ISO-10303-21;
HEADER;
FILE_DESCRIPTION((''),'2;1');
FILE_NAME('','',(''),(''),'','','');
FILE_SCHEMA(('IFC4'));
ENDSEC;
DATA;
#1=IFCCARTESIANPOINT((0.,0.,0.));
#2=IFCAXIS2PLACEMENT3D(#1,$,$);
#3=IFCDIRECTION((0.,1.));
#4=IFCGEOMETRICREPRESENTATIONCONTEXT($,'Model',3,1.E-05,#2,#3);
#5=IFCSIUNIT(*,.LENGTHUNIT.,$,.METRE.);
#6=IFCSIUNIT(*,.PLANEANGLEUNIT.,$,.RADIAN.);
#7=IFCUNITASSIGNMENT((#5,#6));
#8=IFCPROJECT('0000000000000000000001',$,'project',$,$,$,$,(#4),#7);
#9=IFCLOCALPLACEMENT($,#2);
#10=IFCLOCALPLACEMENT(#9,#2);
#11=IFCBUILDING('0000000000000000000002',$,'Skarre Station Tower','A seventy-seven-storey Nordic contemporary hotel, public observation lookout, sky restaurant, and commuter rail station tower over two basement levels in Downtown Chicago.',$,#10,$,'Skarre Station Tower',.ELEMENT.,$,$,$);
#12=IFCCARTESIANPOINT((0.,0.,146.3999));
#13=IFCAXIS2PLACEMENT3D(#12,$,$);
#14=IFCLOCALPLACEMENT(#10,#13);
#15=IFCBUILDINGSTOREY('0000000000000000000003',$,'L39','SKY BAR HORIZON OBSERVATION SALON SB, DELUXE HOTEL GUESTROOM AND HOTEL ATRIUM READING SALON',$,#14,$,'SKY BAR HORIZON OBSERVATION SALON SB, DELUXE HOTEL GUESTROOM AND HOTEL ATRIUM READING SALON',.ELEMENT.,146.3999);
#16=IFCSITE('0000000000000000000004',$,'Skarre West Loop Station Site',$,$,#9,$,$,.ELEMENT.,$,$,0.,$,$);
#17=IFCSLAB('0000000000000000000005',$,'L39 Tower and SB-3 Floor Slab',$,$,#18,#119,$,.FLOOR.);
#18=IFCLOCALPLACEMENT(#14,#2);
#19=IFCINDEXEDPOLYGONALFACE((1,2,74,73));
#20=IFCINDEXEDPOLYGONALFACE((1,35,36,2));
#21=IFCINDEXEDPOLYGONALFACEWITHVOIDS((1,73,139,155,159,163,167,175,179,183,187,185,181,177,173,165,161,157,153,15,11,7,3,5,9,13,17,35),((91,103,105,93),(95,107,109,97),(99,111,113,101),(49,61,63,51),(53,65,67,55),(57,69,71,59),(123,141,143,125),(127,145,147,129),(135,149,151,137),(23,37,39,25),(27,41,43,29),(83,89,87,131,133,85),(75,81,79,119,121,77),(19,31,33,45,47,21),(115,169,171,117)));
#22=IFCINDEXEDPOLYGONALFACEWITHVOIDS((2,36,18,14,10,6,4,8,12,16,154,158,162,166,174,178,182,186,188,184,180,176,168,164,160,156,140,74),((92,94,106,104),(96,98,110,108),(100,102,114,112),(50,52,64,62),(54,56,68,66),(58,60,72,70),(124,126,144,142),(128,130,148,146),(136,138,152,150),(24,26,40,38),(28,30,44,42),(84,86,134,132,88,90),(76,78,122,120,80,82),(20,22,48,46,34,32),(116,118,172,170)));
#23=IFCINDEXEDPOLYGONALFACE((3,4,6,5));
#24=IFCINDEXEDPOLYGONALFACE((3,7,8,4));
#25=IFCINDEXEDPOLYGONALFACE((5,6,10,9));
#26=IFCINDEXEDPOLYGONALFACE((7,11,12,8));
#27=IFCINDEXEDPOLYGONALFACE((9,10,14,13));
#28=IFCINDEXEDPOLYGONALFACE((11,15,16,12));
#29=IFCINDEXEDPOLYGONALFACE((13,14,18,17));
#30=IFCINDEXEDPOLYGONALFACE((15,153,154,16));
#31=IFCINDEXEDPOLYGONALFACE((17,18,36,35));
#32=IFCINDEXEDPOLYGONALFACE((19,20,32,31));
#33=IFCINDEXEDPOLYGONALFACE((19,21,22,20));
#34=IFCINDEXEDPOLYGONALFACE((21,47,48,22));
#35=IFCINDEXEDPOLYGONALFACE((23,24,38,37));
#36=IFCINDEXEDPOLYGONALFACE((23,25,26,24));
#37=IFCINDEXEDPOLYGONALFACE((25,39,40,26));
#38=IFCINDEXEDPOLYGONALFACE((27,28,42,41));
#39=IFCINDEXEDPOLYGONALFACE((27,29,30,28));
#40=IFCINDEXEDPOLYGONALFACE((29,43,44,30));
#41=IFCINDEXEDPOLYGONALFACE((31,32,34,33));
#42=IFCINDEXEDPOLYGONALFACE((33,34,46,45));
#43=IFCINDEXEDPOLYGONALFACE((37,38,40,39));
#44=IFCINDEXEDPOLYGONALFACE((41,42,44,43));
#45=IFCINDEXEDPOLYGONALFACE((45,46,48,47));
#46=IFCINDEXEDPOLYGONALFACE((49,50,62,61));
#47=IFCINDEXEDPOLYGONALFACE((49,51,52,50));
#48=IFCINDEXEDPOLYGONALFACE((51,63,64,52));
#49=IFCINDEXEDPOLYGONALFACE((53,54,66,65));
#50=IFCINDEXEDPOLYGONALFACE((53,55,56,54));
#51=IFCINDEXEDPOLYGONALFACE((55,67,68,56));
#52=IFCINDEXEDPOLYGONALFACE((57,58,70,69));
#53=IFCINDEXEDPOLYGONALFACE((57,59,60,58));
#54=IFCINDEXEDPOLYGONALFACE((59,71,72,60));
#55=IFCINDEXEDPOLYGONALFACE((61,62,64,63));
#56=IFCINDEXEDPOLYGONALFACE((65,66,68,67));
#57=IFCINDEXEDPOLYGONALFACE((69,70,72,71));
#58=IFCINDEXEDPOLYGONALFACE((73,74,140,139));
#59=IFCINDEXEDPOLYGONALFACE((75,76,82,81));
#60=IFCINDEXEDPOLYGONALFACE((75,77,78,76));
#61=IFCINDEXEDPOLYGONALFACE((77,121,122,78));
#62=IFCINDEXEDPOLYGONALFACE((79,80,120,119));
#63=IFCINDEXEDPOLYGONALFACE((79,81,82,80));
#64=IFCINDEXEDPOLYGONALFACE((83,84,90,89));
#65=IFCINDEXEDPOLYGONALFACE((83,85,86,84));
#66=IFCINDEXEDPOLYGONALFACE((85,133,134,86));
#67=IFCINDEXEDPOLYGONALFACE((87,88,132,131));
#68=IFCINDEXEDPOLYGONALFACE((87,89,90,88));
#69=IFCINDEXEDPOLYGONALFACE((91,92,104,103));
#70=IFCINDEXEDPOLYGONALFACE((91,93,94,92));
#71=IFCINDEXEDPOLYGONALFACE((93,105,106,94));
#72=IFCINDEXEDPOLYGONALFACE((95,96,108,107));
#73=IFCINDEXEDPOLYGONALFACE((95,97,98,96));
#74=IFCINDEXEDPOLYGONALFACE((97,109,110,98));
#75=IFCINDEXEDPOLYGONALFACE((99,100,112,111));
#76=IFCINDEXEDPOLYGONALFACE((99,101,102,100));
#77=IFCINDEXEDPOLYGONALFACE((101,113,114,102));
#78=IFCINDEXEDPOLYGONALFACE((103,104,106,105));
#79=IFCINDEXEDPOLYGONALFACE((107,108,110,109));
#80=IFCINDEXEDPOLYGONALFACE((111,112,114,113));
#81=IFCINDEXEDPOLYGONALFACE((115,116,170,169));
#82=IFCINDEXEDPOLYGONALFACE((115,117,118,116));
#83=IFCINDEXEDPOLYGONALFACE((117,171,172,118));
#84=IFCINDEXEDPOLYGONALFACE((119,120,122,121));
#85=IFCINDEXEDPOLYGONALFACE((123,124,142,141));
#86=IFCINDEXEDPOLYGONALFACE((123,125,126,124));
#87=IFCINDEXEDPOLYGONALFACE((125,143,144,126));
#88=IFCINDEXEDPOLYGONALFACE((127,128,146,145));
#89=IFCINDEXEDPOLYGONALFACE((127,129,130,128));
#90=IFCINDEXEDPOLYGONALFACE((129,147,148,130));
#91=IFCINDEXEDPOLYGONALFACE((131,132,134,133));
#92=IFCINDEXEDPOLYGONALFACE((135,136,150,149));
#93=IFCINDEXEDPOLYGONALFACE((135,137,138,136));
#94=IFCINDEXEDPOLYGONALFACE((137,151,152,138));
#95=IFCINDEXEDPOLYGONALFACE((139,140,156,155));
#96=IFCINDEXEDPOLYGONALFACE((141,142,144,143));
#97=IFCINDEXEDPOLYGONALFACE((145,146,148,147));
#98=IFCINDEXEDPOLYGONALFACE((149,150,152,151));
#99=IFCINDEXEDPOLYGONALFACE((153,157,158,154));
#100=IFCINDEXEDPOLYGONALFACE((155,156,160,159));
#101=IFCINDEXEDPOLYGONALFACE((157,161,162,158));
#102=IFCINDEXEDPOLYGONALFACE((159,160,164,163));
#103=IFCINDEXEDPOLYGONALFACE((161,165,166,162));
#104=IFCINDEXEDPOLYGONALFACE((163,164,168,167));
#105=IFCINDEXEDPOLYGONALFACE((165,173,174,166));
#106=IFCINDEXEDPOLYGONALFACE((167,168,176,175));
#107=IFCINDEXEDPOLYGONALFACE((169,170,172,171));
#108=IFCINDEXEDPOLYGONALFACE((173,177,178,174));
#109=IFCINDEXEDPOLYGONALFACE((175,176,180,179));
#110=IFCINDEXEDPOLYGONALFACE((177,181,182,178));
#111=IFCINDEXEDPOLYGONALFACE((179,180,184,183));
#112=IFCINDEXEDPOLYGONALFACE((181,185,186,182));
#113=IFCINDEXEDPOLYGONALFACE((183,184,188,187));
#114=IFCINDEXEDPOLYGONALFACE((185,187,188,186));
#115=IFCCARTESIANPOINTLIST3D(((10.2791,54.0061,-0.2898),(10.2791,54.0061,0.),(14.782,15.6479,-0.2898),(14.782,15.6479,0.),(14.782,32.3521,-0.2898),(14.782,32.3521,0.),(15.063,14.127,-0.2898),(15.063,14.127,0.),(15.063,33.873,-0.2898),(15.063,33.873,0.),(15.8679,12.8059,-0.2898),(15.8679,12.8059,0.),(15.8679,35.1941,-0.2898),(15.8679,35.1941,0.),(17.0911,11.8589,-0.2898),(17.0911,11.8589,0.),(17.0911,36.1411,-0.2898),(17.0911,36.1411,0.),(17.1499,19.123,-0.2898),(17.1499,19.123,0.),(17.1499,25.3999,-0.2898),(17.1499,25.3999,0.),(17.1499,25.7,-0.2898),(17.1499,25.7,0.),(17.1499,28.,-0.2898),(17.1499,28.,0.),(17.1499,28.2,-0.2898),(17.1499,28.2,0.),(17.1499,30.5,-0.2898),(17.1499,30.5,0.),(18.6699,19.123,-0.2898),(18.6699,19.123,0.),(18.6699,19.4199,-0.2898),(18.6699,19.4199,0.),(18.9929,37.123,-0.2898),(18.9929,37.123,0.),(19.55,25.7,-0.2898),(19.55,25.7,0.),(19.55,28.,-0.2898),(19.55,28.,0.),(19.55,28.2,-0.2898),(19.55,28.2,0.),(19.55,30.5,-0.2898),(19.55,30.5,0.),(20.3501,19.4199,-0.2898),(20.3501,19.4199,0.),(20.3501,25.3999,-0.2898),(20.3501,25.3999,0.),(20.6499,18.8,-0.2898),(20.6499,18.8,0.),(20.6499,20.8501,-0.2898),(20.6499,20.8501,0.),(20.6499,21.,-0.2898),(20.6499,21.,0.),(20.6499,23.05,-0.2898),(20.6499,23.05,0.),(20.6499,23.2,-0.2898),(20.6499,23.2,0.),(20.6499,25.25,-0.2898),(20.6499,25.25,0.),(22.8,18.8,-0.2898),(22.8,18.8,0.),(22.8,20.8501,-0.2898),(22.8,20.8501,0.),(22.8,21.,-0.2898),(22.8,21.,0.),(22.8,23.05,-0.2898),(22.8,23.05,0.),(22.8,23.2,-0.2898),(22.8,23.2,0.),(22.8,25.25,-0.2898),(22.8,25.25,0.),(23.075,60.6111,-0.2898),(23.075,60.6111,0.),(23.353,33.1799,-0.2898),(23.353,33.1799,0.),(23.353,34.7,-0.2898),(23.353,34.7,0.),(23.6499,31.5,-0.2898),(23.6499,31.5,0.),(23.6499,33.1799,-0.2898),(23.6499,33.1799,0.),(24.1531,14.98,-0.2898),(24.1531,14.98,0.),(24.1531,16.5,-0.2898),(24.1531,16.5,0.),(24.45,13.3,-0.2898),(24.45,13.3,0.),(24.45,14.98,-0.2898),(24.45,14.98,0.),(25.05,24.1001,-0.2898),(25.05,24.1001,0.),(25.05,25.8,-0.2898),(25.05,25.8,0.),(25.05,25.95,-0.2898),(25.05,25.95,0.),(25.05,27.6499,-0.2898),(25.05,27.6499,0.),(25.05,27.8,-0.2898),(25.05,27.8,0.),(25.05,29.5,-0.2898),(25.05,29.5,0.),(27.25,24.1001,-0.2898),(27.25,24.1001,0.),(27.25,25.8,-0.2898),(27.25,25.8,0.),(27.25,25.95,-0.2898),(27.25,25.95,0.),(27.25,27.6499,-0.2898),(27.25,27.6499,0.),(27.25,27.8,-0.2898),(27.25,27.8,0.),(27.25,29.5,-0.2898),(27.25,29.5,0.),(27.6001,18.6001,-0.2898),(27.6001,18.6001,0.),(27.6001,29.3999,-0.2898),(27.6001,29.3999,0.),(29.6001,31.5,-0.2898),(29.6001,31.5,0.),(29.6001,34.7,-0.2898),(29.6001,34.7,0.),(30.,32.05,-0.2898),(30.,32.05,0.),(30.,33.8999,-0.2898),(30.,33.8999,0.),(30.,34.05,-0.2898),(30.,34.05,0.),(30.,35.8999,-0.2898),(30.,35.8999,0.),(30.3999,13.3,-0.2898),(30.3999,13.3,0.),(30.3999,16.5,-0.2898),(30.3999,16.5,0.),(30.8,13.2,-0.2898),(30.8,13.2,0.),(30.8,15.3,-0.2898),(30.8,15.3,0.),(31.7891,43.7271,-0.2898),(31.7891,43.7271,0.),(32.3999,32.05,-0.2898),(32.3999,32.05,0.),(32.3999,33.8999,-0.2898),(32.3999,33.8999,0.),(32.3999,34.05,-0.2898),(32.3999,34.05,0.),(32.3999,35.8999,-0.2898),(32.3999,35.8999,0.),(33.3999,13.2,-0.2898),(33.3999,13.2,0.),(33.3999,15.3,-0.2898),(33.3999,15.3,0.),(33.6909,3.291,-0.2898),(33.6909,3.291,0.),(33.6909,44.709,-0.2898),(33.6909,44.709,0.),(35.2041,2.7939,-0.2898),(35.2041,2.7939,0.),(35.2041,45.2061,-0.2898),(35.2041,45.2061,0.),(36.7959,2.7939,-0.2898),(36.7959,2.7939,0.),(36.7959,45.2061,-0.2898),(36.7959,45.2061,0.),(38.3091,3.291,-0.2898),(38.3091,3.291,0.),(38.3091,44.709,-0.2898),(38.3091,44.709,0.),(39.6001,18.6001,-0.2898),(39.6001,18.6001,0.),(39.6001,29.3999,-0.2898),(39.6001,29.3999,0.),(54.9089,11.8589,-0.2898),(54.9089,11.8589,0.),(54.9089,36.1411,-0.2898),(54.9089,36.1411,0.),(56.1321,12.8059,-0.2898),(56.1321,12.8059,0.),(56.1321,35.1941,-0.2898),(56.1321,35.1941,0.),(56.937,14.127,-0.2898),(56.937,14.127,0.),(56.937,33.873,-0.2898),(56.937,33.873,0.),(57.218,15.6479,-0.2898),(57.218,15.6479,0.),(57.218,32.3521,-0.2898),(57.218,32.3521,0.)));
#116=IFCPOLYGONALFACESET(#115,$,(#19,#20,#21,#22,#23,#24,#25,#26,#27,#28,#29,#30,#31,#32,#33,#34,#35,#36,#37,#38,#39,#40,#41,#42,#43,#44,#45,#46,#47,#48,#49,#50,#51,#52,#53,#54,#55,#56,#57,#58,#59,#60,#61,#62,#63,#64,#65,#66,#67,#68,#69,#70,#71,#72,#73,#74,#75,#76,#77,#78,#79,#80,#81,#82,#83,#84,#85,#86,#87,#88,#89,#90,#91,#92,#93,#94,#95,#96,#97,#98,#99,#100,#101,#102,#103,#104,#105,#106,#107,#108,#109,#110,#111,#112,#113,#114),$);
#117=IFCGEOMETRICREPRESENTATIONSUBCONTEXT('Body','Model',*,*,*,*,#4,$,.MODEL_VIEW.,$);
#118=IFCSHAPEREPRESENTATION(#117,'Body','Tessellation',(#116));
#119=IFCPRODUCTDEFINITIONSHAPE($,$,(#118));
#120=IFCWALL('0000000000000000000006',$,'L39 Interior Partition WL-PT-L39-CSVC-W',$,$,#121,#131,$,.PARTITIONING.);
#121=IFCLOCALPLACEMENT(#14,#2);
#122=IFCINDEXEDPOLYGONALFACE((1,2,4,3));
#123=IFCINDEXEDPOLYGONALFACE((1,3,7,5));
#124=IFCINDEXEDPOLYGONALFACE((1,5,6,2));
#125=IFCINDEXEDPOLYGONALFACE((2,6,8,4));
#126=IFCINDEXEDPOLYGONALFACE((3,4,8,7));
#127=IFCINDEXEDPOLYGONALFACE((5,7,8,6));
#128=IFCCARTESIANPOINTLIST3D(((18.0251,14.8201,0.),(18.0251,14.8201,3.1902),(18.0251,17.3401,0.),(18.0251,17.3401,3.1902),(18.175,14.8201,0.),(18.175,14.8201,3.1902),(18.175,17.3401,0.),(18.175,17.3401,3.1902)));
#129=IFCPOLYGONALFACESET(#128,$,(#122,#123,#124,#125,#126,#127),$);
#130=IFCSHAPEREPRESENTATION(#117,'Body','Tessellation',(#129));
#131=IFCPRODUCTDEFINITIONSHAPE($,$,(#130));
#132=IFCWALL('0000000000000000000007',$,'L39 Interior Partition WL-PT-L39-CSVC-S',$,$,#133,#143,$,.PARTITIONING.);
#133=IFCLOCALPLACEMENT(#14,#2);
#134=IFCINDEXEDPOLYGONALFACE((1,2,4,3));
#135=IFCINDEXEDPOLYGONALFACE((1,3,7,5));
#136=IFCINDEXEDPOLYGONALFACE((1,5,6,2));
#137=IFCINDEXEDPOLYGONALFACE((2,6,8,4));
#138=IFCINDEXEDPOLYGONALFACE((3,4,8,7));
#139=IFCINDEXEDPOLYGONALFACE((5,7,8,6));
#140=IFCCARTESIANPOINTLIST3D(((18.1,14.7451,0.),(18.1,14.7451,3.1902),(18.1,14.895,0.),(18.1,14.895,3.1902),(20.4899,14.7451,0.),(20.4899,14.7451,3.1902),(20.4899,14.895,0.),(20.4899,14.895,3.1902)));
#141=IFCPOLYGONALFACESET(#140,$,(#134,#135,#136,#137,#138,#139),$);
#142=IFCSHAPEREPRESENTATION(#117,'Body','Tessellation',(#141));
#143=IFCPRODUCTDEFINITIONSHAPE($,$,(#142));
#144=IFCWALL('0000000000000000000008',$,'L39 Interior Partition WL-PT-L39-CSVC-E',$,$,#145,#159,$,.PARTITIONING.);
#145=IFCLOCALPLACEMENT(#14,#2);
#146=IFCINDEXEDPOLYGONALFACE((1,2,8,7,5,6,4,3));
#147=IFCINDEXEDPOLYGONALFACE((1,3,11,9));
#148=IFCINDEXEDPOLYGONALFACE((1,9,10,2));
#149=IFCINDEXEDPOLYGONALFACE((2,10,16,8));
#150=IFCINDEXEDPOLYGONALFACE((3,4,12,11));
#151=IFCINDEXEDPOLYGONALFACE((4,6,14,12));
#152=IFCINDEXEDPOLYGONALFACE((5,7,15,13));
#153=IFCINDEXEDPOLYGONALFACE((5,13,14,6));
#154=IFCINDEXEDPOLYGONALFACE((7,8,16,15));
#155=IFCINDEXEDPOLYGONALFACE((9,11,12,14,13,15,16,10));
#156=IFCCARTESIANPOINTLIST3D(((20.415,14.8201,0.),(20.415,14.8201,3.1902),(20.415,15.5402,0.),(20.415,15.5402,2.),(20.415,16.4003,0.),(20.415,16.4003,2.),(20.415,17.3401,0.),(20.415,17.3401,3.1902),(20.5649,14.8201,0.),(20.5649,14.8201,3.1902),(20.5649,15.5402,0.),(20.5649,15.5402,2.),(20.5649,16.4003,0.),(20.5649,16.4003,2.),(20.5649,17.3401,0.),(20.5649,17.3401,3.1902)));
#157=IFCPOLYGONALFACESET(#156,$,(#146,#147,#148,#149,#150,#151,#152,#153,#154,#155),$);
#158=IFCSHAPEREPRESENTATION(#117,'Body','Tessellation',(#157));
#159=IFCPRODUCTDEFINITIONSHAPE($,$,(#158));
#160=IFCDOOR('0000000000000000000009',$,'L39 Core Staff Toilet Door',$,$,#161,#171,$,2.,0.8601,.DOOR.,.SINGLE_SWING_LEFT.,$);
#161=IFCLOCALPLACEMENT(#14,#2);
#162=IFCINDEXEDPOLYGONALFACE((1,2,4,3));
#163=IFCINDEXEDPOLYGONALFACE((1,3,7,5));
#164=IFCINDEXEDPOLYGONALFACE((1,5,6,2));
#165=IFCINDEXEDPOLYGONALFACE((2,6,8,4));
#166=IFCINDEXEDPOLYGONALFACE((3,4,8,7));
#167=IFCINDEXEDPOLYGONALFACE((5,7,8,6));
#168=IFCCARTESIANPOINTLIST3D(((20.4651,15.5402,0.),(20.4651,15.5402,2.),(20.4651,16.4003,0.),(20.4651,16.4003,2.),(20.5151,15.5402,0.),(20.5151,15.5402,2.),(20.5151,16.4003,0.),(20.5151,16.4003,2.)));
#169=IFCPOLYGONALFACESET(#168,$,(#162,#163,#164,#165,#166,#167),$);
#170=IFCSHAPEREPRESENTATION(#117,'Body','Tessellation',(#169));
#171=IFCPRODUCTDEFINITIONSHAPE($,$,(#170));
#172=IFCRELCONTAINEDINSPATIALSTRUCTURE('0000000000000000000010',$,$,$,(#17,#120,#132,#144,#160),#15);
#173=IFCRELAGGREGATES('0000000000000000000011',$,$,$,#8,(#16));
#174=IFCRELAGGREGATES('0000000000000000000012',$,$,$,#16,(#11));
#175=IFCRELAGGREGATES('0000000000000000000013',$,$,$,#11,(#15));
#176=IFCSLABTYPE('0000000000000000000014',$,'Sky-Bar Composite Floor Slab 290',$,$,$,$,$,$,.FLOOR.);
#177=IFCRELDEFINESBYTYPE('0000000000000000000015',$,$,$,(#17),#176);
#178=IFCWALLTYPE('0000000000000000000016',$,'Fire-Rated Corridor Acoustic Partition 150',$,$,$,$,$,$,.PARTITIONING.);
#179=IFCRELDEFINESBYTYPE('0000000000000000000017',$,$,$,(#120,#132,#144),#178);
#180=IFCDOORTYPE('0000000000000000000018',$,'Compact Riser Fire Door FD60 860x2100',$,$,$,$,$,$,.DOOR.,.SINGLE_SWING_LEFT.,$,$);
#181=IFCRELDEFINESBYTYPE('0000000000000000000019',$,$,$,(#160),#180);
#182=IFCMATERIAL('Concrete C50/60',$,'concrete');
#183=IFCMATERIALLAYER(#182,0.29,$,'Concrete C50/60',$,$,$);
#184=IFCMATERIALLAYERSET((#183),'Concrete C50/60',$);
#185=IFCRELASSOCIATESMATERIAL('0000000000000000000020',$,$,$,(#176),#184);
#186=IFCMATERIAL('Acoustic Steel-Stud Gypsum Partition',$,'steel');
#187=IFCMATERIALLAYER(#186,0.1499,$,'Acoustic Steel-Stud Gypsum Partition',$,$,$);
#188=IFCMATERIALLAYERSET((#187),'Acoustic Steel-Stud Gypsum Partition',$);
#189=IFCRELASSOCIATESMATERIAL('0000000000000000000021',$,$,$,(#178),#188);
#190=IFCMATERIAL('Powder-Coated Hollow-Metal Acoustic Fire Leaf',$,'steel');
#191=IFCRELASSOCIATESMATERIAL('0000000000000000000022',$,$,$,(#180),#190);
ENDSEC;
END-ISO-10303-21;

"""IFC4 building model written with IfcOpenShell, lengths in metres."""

from ifc_helpers import new_model, si_unit, direction, frame, frame_2d, origin, place, context, subcontext, project, spatial, polyline, rectangle, outline, extrude, material, layer, layer_set, type_object, element, fill, save


model = new_model("IFC4")

# Units and contexts
model_context = context("Model", 3, precision=1e-05, world=origin(), true_north=direction((0.0, 1.0)))
body_context = subcontext(model_context, "Body", "Model", "MODEL_VIEW")
ifc_project = project(units=[si_unit("LENGTHUNIT", "METRE"), si_unit("PLANEANGLEUNIT", "RADIAN")], contexts=[model_context])

# Site, building, storey
site_placement = place(None, origin())
site = spatial("IfcSite", under=ifc_project, at=site_placement, Name="Skarre West Loop Station Site", CompositionType="ELEMENT", RefElevation=0.0)
building_placement = place(site_placement, origin())
building = spatial("IfcBuilding", under=site, at=building_placement, Name="Skarre Station Tower", Description="A seventy-seven-storey Nordic contemporary hotel, public observation lookout, sky restaurant, and commuter rail station tower over two basement levels in Downtown Chicago.", LongName="Skarre Station Tower", CompositionType="ELEMENT")
storey_placement = place(building_placement, frame((0.0, 0.0, 146.3999)))
storey = spatial("IfcBuildingStorey", under=building, at=storey_placement, Name="L39", Description="SKY BAR HORIZON OBSERVATION SALON SB, DELUXE HOTEL GUESTROOM AND HOTEL ATRIUM READING SALON", LongName="SKY BAR HORIZON OBSERVATION SALON SB, DELUXE HOTEL GUESTROOM AND HOTEL ATRIUM READING SALON", CompositionType="ELEMENT", Elevation=146.3999)

# Slab
ifc_material_1 = material(Name="Concrete C50/60", Category="concrete")
ifc_layer_1 = layer(ifc_material_1, 0.29, Name="Concrete C50/60")
ifc_layer_set_1 = layer_set([ifc_layer_1], Name="Concrete C50/60")
slab_type_1 = type_object("IfcSlabType", Name="Sky-Bar Composite Floor Slab 290", PredefinedType="FLOOR", material=ifc_layer_set_1)
slab_1_placement = place(storey_placement, frame((0.0, 0.0, -0.2898)))
element("IfcSlab", 1, at=slab_1_placement, inside=storey, type_object=slab_type_1, Name="L39 Tower and SB-3 Floor Slab", PredefinedType="FLOOR", context=body_context, shape_type="SweptSolid", body=[
    extrude(outline(polyline([(31.7891, 43.7271), (23.075, 60.6111), (10.2791, 54.0061), (18.9929, 37.123), (17.0911, 36.1411), (15.8679, 35.1941), (15.063, 33.873), (14.782, 32.3521), (14.782, 15.6479), (15.063, 14.127), (15.8679, 12.8059), (17.0911, 11.8589), (33.6909, 3.291), (35.2041, 2.7939), (36.7959, 2.7939), (38.3091, 3.291), (54.9089, 11.8589), (56.1321, 12.8059), (56.937, 14.127), (57.218, 15.6479), (57.218, 32.3521), (56.937, 33.873), (56.1321, 35.1941), (54.9089, 36.1411), (38.3091, 44.709), (36.7959, 45.2061), (35.2041, 45.2061), (33.6909, 44.709), (31.7891, 43.7271)]), holes=[polyline([(18.6699, 19.4199), (18.6699, 19.123), (17.1499, 19.123), (17.1499, 25.3999), (20.3501, 25.3999), (20.3501, 19.4199), (18.6699, 19.4199)]), polyline([(24.45, 14.98), (24.1531, 14.98), (24.1531, 16.5), (30.3999, 16.5), (30.3999, 13.3), (24.45, 13.3), (24.45, 14.98)]), polyline([(23.6499, 33.1799), (23.353, 33.1799), (23.353, 34.7), (29.6001, 34.7), (29.6001, 31.5), (23.6499, 31.5), (23.6499, 33.1799)]), polyline([(17.1499, 28.0), (19.55, 28.0), (19.55, 25.7), (17.1499, 25.7), (17.1499, 28.0)]), polyline([(17.1499, 30.5), (19.55, 30.5), (19.55, 28.2), (17.1499, 28.2), (17.1499, 30.5)]), polyline([(30.8, 15.3), (33.3999, 15.3), (33.3999, 13.2), (30.8, 13.2), (30.8, 15.3)]), polyline([(25.05, 25.8), (27.25, 25.8), (27.25, 24.1001), (25.05, 24.1001), (25.05, 25.8)]), polyline([(25.05, 27.6499), (27.25, 27.6499), (27.25, 25.95), (25.05, 25.95), (25.05, 27.6499)]), polyline([(25.05, 29.5), (27.25, 29.5), (27.25, 27.8), (25.05, 27.8), (25.05, 29.5)]), polyline([(20.6499, 20.8501), (22.8, 20.8501), (22.8, 18.8), (20.6499, 18.8), (20.6499, 20.8501)]), polyline([(20.6499, 23.05), (22.8, 23.05), (22.8, 21.0), (20.6499, 21.0), (20.6499, 23.05)]), polyline([(20.6499, 25.25), (22.8, 25.25), (22.8, 23.2), (20.6499, 23.2), (20.6499, 25.25)]), polyline([(30.0, 33.8999), (32.3999, 33.8999), (32.3999, 32.05), (30.0, 32.05), (30.0, 33.8999)]), polyline([(30.0, 35.8999), (32.3999, 35.8999), (32.3999, 34.05), (30.0, 34.05), (30.0, 35.8999)]), polyline([(27.6001, 29.3999), (39.6001, 29.3999), (39.6001, 18.6001), (27.6001, 18.6001), (27.6001, 29.3999)])]), origin(), (0.0, 0.0, 1.0), 0.2898),
])

# Walls
ifc_material_2 = material(Name="Acoustic Steel-Stud Gypsum Partition", Category="steel")
ifc_layer_2 = layer(ifc_material_2, 0.1499, Name="Acoustic Steel-Stud Gypsum Partition")
ifc_layer_set_2 = layer_set([ifc_layer_2], Name="Acoustic Steel-Stud Gypsum Partition")
wall_type_1 = type_object("IfcWallType", Name="Fire-Rated Corridor Acoustic Partition 150", PredefinedType="PARTITIONING", material=ifc_layer_set_2)
wall_1_placement = place(storey_placement, frame((18.1001, 17.3401, 0.0), z_axis=(0.0, 0.0, 1.0), x_axis=(0.0, -1.0, 0.0)))
element("IfcWall", 2, at=wall_1_placement, inside=storey, type_object=wall_type_1, Name="L39 Interior Partition WL-PT-L39-CSVC-W", PredefinedType="PARTITIONING", context=body_context, shape_type="SweptSolid", body=[
    extrude(rectangle(XDim=2.52, YDim=0.1499, at=frame_2d((1.26, 0.0))), origin(), (0.0, 0.0, 1.0), 3.1902),
])
wall_2_placement = place(storey_placement, frame((18.1001, 14.8201, 0.0), z_axis=(0.0, 0.0, 1.0), x_axis=(1.0, 0.0, 0.0)))
element("IfcWall", 3, at=wall_2_placement, inside=storey, type_object=wall_type_1, Name="L39 Interior Partition WL-PT-L39-CSVC-S", PredefinedType="PARTITIONING", context=body_context, shape_type="SweptSolid", body=[
    extrude(rectangle(XDim=2.3899, YDim=0.1499, at=frame_2d((1.1948, 0.0))), origin(), (0.0, 0.0, 1.0), 3.1902),
])

# Wall, opening, door
wall_3_placement = place(storey_placement, frame((20.49, 14.8201, 0.0), z_axis=(0.0, 0.0, 1.0), x_axis=(0.0, 1.0, 0.0)))
wall_3 = element("IfcWall", 4, at=wall_3_placement, inside=storey, type_object=wall_type_1, Name="L39 Interior Partition WL-PT-L39-CSVC-E", PredefinedType="PARTITIONING", context=body_context, shape_type="SweptSolid", body=[
    extrude(rectangle(XDim=2.52, YDim=0.1499, at=frame_2d((1.26, 0.0))), origin(), (0.0, 0.0, 1.0), 3.1902),
])
opening_1_placement = place(wall_3_placement, frame((0.72, 0.0, 0.0)))
opening_1 = element("IfcOpeningElement", 5, at=opening_1_placement, cuts=wall_3, PredefinedType="OPENING", context=body_context, shape_type="SweptSolid", body=[
    extrude(rectangle(XDim=0.8601, YDim=2.0, at=frame_2d((0.4302, 1.0))), frame((0.0, 0.085, 0.0), z_axis=(0.0, -1.0, 0.0), x_axis=(1.0, 0.0, 0.0)), (0.0, 0.0, 1.0), 0.1699),
])
ifc_material_3 = material(Name="Powder-Coated Hollow-Metal Acoustic Fire Leaf", Category="steel")
door_type_1 = type_object("IfcDoorType", Name="Compact Riser Fire Door FD60 860x2100", OperationType="SINGLE_SWING_LEFT", PredefinedType="DOOR", material=ifc_material_3)
door_1_placement = place(opening_1_placement, origin())
door_1 = element("IfcDoor", 6, at=door_1_placement, inside=storey, type_object=door_type_1, Name="L39 Core Staff Toilet Door", OperationType="SINGLE_SWING_LEFT", OverallHeight=2.0, OverallWidth=0.8601, PredefinedType="DOOR", context=body_context, shape_type="SweptSolid", body=[
    extrude(rectangle(XDim=0.8601, YDim=2.0, at=frame_2d((0.4302, 1.0))), frame((0.0, 0.0249, 0.0), z_axis=(0.0, -1.0, 0.0), x_axis=(1.0, 0.0, 0.0)), (0.0, 0.0, 1.0), 0.05),
])
fill(opening_1, door_1)

save(model, "model.ifc")
